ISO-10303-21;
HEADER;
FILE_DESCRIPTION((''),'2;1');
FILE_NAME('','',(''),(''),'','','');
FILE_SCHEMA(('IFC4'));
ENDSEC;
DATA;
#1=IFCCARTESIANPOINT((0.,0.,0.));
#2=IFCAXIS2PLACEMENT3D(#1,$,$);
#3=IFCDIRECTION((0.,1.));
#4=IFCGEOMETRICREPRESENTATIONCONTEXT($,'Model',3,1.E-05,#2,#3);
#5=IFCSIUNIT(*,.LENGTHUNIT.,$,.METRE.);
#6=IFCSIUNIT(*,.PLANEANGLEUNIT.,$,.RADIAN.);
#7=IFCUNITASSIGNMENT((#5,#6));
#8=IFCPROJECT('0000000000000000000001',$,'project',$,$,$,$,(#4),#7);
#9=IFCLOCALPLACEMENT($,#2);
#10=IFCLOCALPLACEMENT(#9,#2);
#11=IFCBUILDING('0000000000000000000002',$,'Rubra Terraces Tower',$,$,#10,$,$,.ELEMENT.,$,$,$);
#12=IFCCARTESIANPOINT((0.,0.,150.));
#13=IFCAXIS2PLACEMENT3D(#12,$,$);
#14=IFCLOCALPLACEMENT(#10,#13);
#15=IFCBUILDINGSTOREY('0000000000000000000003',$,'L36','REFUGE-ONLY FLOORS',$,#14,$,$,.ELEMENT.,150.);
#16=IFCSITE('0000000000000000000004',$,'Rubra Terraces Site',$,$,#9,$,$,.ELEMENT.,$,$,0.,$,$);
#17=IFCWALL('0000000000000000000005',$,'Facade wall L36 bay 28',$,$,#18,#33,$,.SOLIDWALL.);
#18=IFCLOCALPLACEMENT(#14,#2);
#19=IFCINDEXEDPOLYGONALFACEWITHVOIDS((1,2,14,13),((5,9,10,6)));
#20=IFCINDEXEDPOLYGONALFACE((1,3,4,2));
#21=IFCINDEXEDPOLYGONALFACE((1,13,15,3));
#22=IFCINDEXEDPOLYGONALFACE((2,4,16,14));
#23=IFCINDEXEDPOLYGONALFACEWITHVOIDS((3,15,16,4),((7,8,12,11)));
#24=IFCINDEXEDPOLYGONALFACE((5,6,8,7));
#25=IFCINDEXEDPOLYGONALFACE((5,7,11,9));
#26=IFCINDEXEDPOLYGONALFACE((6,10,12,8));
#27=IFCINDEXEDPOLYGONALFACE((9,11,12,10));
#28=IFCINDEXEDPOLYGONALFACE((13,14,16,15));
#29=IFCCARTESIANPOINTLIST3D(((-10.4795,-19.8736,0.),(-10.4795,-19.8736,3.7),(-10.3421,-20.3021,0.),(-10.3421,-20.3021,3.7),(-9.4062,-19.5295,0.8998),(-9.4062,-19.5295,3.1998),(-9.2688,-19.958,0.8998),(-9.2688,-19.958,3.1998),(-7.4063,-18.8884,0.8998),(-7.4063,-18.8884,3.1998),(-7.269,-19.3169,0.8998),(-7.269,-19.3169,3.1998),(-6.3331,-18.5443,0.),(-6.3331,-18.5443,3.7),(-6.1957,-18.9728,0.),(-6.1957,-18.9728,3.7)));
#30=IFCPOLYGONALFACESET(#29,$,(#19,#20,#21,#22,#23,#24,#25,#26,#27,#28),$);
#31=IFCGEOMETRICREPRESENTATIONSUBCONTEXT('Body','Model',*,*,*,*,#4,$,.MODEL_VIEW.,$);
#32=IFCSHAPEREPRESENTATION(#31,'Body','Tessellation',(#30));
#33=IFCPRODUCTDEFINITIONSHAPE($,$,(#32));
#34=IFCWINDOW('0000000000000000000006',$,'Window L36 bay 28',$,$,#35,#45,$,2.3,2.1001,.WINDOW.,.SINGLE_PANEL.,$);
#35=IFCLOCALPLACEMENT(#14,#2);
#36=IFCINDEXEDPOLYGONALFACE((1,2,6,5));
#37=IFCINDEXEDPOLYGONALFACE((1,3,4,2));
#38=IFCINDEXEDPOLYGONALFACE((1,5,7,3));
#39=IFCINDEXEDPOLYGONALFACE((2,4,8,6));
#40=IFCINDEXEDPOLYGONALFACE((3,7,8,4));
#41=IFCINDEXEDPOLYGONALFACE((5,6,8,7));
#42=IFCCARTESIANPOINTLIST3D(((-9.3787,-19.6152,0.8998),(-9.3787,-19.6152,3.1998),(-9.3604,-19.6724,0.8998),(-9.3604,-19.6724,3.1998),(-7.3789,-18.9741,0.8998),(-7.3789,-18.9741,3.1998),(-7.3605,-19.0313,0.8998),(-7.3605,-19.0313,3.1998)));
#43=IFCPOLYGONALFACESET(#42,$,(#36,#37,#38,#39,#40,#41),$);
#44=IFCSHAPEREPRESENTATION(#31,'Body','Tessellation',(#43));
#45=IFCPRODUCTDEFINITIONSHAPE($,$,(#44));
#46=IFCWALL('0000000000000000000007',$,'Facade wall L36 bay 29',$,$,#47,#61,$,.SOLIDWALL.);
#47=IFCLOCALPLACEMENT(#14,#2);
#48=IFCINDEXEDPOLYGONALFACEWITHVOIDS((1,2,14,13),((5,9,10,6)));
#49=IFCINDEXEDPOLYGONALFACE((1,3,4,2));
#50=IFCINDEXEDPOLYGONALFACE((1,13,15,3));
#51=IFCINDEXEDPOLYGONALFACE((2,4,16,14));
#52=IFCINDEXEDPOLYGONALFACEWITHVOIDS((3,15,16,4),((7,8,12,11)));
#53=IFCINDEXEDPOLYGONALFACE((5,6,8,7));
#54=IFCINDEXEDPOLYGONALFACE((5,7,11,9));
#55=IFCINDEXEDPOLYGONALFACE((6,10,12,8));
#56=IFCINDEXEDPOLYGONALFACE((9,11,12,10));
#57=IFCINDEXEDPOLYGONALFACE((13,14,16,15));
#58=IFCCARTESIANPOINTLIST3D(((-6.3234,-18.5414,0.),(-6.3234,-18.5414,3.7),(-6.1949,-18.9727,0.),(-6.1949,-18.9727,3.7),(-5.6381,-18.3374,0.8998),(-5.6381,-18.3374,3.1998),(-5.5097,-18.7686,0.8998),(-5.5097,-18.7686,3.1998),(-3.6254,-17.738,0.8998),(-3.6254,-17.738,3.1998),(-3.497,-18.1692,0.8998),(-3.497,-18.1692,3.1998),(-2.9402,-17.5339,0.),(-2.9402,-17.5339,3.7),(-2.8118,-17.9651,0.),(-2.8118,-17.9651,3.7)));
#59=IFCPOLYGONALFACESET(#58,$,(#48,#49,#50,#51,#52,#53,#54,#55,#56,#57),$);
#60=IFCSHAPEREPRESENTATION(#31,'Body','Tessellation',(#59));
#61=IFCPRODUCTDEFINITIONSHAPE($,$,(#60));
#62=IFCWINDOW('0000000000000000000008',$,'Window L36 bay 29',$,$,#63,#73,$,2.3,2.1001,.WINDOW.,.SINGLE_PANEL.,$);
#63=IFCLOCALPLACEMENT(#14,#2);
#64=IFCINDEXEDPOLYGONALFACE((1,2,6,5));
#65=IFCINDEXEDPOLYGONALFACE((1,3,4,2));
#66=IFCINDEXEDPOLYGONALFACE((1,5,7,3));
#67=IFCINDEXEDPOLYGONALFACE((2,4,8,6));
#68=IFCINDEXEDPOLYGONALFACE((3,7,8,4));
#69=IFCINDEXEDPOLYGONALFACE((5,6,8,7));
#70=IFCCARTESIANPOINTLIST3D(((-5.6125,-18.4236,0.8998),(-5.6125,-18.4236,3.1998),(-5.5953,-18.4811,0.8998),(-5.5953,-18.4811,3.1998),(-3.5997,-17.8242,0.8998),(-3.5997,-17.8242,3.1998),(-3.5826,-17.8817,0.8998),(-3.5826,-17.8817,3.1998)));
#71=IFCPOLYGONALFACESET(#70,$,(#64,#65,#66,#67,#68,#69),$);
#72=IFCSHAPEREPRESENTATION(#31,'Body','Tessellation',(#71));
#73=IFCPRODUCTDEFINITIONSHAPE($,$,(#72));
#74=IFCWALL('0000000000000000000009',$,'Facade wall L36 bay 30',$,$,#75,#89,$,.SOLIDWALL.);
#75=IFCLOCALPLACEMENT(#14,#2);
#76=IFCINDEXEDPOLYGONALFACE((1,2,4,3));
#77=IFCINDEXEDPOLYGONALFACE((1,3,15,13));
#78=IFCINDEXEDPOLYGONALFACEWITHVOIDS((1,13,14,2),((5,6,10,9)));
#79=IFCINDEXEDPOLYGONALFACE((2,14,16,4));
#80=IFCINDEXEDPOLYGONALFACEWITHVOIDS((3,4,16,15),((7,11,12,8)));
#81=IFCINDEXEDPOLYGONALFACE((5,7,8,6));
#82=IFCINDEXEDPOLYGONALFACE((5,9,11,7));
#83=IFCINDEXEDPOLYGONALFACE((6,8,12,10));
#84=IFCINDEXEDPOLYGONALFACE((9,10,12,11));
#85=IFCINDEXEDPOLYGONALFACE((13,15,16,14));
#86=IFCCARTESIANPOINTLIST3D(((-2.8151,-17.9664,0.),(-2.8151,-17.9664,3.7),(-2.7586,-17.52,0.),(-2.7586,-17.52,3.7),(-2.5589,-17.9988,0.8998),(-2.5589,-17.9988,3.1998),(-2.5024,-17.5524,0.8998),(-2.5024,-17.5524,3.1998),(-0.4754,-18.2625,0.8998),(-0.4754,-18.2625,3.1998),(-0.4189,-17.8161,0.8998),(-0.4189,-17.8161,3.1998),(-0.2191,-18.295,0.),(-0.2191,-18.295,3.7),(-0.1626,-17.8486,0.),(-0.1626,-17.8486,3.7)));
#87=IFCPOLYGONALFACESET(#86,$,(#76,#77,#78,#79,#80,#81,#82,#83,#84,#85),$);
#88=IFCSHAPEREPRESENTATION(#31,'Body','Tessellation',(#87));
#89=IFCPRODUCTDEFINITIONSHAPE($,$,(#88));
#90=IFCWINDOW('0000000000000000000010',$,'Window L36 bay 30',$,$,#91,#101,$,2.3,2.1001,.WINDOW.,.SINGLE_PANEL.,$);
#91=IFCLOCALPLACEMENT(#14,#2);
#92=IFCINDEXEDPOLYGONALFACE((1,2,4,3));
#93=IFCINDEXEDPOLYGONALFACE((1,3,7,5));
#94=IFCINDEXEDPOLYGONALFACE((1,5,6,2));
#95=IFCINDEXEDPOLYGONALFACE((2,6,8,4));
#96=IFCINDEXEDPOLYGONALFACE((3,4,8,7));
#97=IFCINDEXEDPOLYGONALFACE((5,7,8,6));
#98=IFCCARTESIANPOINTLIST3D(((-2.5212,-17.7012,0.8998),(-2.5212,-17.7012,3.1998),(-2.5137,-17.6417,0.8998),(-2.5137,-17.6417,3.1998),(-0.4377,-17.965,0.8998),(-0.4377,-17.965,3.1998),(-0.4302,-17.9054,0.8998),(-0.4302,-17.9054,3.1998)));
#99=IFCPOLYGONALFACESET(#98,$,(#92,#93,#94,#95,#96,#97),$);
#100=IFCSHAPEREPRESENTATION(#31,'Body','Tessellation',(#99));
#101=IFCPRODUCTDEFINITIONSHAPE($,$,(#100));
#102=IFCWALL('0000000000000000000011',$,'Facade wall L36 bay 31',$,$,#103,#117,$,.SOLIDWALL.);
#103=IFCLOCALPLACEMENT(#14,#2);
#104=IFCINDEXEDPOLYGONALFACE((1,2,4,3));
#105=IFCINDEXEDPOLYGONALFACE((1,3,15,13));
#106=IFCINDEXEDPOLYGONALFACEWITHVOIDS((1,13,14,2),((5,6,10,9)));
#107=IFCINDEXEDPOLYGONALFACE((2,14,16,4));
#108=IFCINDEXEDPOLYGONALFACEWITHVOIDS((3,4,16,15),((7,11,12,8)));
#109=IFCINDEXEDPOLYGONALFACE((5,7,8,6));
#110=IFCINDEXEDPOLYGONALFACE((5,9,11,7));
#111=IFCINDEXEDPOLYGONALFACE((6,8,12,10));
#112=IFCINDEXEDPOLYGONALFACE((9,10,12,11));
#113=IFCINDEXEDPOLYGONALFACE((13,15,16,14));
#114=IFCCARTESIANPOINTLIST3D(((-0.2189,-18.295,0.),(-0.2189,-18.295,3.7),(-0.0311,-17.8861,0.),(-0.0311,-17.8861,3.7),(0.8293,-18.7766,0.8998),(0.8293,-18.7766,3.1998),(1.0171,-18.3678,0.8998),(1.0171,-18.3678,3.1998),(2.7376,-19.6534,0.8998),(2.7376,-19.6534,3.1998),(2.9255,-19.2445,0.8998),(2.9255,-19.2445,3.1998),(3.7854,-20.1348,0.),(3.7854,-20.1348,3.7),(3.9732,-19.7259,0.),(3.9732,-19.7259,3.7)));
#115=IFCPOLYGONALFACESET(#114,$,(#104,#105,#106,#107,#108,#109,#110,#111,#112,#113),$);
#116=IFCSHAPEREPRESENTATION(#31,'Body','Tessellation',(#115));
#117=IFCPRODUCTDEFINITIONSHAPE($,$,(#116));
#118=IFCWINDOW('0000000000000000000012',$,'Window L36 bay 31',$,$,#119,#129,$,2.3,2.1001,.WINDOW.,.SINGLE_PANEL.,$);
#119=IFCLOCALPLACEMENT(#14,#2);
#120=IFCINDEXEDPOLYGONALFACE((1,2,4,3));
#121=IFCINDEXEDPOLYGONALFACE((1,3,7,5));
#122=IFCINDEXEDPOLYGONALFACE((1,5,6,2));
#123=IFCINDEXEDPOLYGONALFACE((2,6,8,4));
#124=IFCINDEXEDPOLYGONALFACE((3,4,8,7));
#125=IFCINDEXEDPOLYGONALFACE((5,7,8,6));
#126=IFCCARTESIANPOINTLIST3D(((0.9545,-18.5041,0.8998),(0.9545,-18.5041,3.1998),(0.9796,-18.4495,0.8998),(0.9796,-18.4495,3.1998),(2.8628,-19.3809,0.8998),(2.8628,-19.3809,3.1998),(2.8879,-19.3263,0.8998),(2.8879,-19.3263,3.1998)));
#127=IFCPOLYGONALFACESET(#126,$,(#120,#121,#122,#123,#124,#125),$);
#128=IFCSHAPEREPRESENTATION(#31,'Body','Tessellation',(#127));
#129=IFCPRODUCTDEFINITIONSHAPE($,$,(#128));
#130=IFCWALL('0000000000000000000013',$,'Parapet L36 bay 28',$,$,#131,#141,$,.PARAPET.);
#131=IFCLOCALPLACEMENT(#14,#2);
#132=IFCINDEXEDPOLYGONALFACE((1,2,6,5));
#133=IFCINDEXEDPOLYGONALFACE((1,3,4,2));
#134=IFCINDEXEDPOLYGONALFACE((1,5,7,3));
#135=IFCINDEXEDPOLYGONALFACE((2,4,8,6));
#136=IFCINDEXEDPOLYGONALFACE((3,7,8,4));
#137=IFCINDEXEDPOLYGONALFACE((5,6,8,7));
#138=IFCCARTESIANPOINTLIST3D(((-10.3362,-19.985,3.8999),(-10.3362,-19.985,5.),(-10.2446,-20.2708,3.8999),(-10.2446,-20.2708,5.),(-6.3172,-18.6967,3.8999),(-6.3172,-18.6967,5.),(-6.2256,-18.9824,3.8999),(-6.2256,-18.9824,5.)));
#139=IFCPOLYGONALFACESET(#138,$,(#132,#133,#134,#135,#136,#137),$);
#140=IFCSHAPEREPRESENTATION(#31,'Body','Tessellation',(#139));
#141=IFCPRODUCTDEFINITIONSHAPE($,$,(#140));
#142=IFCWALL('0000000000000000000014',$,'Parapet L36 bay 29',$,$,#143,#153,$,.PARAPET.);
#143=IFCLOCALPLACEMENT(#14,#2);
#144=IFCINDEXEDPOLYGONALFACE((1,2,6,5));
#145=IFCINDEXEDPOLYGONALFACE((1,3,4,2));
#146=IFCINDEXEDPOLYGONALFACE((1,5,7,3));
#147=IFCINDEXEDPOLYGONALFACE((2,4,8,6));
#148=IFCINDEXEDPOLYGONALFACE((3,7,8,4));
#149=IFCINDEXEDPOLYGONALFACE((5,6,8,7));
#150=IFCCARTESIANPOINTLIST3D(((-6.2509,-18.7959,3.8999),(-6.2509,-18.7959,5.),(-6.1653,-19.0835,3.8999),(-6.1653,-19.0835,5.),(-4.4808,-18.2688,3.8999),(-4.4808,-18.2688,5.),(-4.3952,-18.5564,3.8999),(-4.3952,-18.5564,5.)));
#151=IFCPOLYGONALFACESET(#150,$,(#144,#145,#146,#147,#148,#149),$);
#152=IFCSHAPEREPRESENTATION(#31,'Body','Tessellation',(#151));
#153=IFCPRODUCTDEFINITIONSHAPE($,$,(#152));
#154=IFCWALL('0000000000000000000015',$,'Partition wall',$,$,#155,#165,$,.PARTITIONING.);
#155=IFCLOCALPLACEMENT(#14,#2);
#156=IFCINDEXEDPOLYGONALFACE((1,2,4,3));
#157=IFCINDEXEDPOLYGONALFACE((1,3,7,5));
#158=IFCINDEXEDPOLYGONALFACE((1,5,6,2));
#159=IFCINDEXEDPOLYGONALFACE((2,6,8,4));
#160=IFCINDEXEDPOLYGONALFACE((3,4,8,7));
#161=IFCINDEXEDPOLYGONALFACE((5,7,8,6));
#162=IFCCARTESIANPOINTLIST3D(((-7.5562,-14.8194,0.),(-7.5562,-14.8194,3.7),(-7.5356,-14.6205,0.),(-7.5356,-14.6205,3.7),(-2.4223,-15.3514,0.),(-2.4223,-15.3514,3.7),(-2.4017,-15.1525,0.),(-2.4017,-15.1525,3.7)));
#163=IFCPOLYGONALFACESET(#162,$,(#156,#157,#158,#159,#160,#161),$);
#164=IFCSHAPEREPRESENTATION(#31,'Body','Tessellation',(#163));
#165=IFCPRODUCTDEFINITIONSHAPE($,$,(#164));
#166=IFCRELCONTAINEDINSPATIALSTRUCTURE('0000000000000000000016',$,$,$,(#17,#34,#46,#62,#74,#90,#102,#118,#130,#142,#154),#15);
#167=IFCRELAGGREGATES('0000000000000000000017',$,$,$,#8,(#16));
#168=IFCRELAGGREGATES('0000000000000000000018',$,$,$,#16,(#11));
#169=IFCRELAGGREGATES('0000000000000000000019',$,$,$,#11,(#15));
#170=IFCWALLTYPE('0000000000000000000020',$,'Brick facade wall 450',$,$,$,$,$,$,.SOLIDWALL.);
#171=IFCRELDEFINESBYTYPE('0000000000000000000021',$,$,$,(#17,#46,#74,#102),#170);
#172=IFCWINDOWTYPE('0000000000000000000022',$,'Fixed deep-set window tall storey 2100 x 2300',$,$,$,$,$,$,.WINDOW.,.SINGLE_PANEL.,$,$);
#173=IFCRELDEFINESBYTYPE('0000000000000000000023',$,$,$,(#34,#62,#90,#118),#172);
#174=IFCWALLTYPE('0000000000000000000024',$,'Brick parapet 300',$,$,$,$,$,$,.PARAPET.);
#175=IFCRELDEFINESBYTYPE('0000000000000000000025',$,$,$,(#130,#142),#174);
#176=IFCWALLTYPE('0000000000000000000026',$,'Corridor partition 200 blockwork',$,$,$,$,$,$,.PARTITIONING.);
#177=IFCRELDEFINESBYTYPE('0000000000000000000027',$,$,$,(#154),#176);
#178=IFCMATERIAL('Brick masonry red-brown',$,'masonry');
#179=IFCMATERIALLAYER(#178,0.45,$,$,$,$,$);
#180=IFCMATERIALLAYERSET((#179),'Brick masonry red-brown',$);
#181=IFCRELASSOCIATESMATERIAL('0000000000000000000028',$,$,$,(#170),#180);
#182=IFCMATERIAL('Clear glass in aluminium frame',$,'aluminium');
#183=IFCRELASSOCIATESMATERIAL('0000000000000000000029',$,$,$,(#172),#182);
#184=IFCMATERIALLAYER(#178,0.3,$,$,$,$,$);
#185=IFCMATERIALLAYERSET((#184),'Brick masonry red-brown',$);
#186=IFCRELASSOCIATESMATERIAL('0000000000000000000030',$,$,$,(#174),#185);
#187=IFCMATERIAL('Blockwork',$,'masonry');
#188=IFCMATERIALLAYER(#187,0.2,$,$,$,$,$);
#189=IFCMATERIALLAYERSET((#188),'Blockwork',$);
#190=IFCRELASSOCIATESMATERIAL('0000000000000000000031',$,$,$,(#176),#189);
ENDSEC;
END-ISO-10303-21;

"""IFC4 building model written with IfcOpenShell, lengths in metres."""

from ifc_helpers import new_model, si_unit, direction, frame, frame_2d, origin, place, context, subcontext, project, spatial, rectangle, extrude, material, layer, layer_set, type_object, element, fill, save


model = new_model("IFC4")

# Units and contexts
model_context = context("Model", 3, precision=1e-05, world=origin(), true_north=direction((0.0, 1.0)))
body_context = subcontext(model_context, "Body", "Model", "MODEL_VIEW")
ifc_project = project(units=[si_unit("LENGTHUNIT", "METRE"), si_unit("PLANEANGLEUNIT", "RADIAN")], contexts=[model_context])

# Site, building, storey
site_placement = place(None, origin())
site = spatial("IfcSite", under=ifc_project, at=site_placement, Name="Rubra Terraces Site", CompositionType="ELEMENT", RefElevation=0.0)
building_placement = place(site_placement, origin())
building = spatial("IfcBuilding", under=site, at=building_placement, Name="Rubra Terraces Tower", CompositionType="ELEMENT")
storey_placement = place(building_placement, frame((0.0, 0.0, 150.0)))
storey = spatial("IfcBuildingStorey", under=building, at=storey_placement, Name="L36", Description="REFUGE-ONLY FLOORS", CompositionType="ELEMENT", Elevation=150.0)

# Walls, openings, windows
ifc_material_1 = material(Name="Brick masonry red-brown", Category="masonry")
ifc_layer_1 = layer(ifc_material_1, 0.45)
ifc_layer_set_1 = layer_set([ifc_layer_1], Name="Brick masonry red-brown")
wall_type_1 = type_object("IfcWallType", Name="Brick facade wall 450", PredefinedType="SOLIDWALL", material=ifc_layer_set_1)
wall_1_placement = place(storey_placement, frame((-10.4109, -20.0879, 0.0), z_axis=(0.0, 0.0, 1.0), x_axis=(0.952259, 0.30529, 0.0)))
wall_1 = element("IfcWall", 1, at=wall_1_placement, inside=storey, type_object=wall_type_1, Name="Facade wall L36 bay 28", PredefinedType="SOLIDWALL", context=body_context, shape_type="SweptSolid", body=[
    extrude(rectangle(XDim=4.3542, YDim=0.45, at=frame_2d((2.1772, 0.0))), origin(), (0.0, 0.0, 1.0), 3.7),
])
opening_1_placement = place(wall_1_placement, frame((1.1272, 0.0, 0.8999)))
opening_1 = element("IfcOpeningElement", 2, at=opening_1_placement, cuts=wall_1, PredefinedType="OPENING", context=body_context, shape_type="SweptSolid", body=[
    extrude(rectangle(XDim=2.1001, YDim=2.3, at=frame_2d((1.05, 1.1499))), frame((0.0, 0.2349, 0.0), z_axis=(0.0, -1.0, 0.0), x_axis=(1.0, 0.0, 0.0)), (0.0, 0.0, 1.0), 0.47),
])
ifc_material_2 = material(Name="Clear glass in aluminium frame", Category="aluminium")
window_type = type_object("IfcWindowType", Name="Fixed deep-set window tall storey 2100 x 2300", PartitioningType="SINGLE_PANEL", PredefinedType="WINDOW", material=ifc_material_2)
window_1_placement = place(opening_1_placement, origin())
window_1 = element("IfcWindow", 3, at=window_1_placement, inside=storey, type_object=window_type, Name="Window L36 bay 28", OverallHeight=2.3, OverallWidth=2.1001, PartitioningType="SINGLE_PANEL", PredefinedType="WINDOW", context=body_context, shape_type="SweptSolid", body=[
    extrude(rectangle(XDim=2.1001, YDim=2.3, at=frame_2d((1.05, 1.1499))), frame((0.0, 0.135, 0.0), z_axis=(0.0, -1.0, 0.0), x_axis=(1.0, 0.0, 0.0)), (0.0, 0.0, 1.0), 0.0601),
])
fill(opening_1, window_1)
wall_2_placement = place(storey_placement, frame((-6.2593, -18.7571, 0.0), z_axis=(0.0, 0.0, 1.0), x_axis=(0.958403, 0.285418, 0.0)))
wall_2 = element("IfcWall", 4, at=wall_2_placement, inside=storey, type_object=wall_type_1, Name="Facade wall L36 bay 29", PredefinedType="SOLIDWALL", context=body_context, shape_type="SweptSolid", body=[
    extrude(rectangle(XDim=3.53, YDim=0.45, at=frame_2d((1.7651, 0.0))), origin(), (0.0, 0.0, 1.0), 3.7),
])
opening_2_placement = place(wall_2_placement, frame((0.7151, 0.0, 0.8999)))
opening_2 = element("IfcOpeningElement", 5, at=opening_2_placement, cuts=wall_2, PredefinedType="OPENING", context=body_context, shape_type="SweptSolid", body=[
    extrude(rectangle(XDim=2.1001, YDim=2.3, at=frame_2d((1.05, 1.1499))), frame((0.0, 0.2349, 0.0), z_axis=(0.0, -1.0, 0.0), x_axis=(1.0, 0.0, 0.0)), (0.0, 0.0, 1.0), 0.47),
])
window_2_placement = place(opening_2_placement, origin())
window_2 = element("IfcWindow", 6, at=window_2_placement, inside=storey, type_object=window_type, Name="Window L36 bay 29", OverallHeight=2.3, OverallWidth=2.1001, PartitioningType="SINGLE_PANEL", PredefinedType="WINDOW", context=body_context, shape_type="SweptSolid", body=[
    extrude(rectangle(XDim=2.1001, YDim=2.3, at=frame_2d((1.05, 1.1499))), frame((0.0, 0.135, 0.0), z_axis=(0.0, -1.0, 0.0), x_axis=(1.0, 0.0, 0.0)), (0.0, 0.0, 1.0), 0.0601),
])
fill(opening_2, window_2)
wall_3_placement = place(storey_placement, frame((-2.7869, -17.7432, 0.0), z_axis=(0.0, 0.0, 1.0), x_axis=(0.992083, -0.125585, 0.0)))
wall_3 = element("IfcWall", 7, at=wall_3_placement, inside=storey, type_object=wall_type_1, Name="Facade wall L36 bay 30", PredefinedType="SOLIDWALL", context=body_context, shape_type="SweptSolid", body=[
    extrude(rectangle(XDim=2.6167, YDim=0.45, at=frame_2d((1.3083, 0.0))), origin(), (0.0, 0.0, 1.0), 3.7),
])
opening_3_placement = place(wall_3_placement, frame((0.2583, 0.0, 0.8999)))
opening_3 = element("IfcOpeningElement", 8, at=opening_3_placement, cuts=wall_3, PredefinedType="OPENING", context=body_context, shape_type="SweptSolid", body=[
    extrude(rectangle(XDim=2.1001, YDim=2.3, at=frame_2d((1.05, 1.1499))), frame((0.0, 0.2349, 0.0), z_axis=(0.0, -1.0, 0.0), x_axis=(1.0, 0.0, 0.0)), (0.0, 0.0, 1.0), 0.47),
])
window_3_placement = place(opening_3_placement, origin())
window_3 = element("IfcWindow", 9, at=window_3_placement, inside=storey, type_object=window_type, Name="Window L36 bay 30", OverallHeight=2.3, OverallWidth=2.1001, PartitioningType="SINGLE_PANEL", PredefinedType="WINDOW", context=body_context, shape_type="SweptSolid", body=[
    extrude(rectangle(XDim=2.1001, YDim=2.3, at=frame_2d((1.05, 1.1499))), frame((0.0, 0.135, 0.0), z_axis=(0.0, -1.0, 0.0), x_axis=(1.0, 0.0, 0.0)), (0.0, 0.0, 1.0), 0.0601),
])
fill(opening_3, window_3)
wall_4_placement = place(storey_placement, frame((-0.125, -18.0906, 0.0), z_axis=(0.0, 0.0, 1.0), x_axis=(0.908678, -0.417498, 0.0)))
wall_4 = element("IfcWall", 10, at=wall_4_placement, inside=storey, type_object=wall_type_1, Name="Facade wall L36 bay 31", PredefinedType="SOLIDWALL", context=body_context, shape_type="SweptSolid", body=[
    extrude(rectangle(XDim=4.4067, YDim=0.45, at=frame_2d((2.2034, 0.0))), origin(), (0.0, 0.0, 1.0), 3.7),
])
opening_4_placement = place(wall_4_placement, frame((1.1536, 0.0, 0.8999)))
opening_4 = element("IfcOpeningElement", 11, at=opening_4_placement, cuts=wall_4, PredefinedType="OPENING", context=body_context, shape_type="SweptSolid", body=[
    extrude(rectangle(XDim=2.1001, YDim=2.3, at=frame_2d((1.05, 1.1499))), frame((0.0, 0.2349, 0.0), z_axis=(0.0, -1.0, 0.0), x_axis=(1.0, 0.0, 0.0)), (0.0, 0.0, 1.0), 0.47),
])
window_4_placement = place(opening_4_placement, origin())
window_4 = element("IfcWindow", 12, at=window_4_placement, inside=storey, type_object=window_type, Name="Window L36 bay 31", OverallHeight=2.3, OverallWidth=2.1001, PartitioningType="SINGLE_PANEL", PredefinedType="WINDOW", context=body_context, shape_type="SweptSolid", body=[
    extrude(rectangle(XDim=2.1001, YDim=2.3, at=frame_2d((1.05, 1.1499))), frame((0.0, 0.135, 0.0), z_axis=(0.0, -1.0, 0.0), x_axis=(1.0, 0.0, 0.0)), (0.0, 0.0, 1.0), 0.0601),
])
fill(opening_4, window_4)

# Walls
ifc_layer_2 = layer(ifc_material_1, 0.3)
ifc_layer_set_2 = layer_set([ifc_layer_2], Name="Brick masonry red-brown")
wall_type_2 = type_object("IfcWallType", Name="Brick parapet 300", PredefinedType="PARAPET", material=ifc_layer_set_2)
wall_5_placement = place(storey_placement, frame((-10.2905, -20.1279, 3.8999), z_axis=(0.0, 0.0, 1.0), x_axis=(0.95227, 0.305256, 0.0)))
element("IfcWall", 13, at=wall_5_placement, inside=storey, type_object=wall_type_2, Name="Parapet L36 bay 28", PredefinedType="PARAPET", context=body_context, shape_type="SweptSolid", body=[
    extrude(rectangle(XDim=4.2205, YDim=0.3, at=frame_2d((2.1104, 0.0))), origin(), (0.0, 0.0, 1.0), 1.1001),
])
wall_6_placement = place(storey_placement, frame((-6.208, -18.9397, 3.8999), z_axis=(0.0, 0.0, 1.0), x_axis=(0.958406, 0.285407, 0.0)))
element("IfcWall", 14, at=wall_6_placement, inside=storey, type_object=wall_type_2, Name="Parapet L36 bay 29", PredefinedType="PARAPET", context=body_context, shape_type="SweptSolid", body=[
    extrude(rectangle(XDim=1.8469, YDim=0.3, at=frame_2d((0.9233, 0.0))), origin(), (0.0, 0.0, 1.0), 1.1001),
])
ifc_material_3 = material(Name="Blockwork", Category="masonry")
ifc_layer_3 = layer(ifc_material_3, 0.2)
ifc_layer_set_3 = layer_set([ifc_layer_3], Name="Blockwork")
wall_type_3 = type_object("IfcWallType", Name="Corridor partition 200 blockwork", PredefinedType="PARTITIONING", material=ifc_layer_set_3)
wall_7_placement = place(storey_placement, frame((-2.4121, -15.252, 0.0), z_axis=(0.0, 0.0, 1.0), x_axis=(-0.994674, 0.103072, 0.0)))
element("IfcWall", 15, at=wall_7_placement, inside=storey, type_object=wall_type_3, Name="Partition wall", PredefinedType="PARTITIONING", context=body_context, shape_type="SweptSolid", body=[
    extrude(rectangle(XDim=5.1614, YDim=0.2, at=frame_2d((2.5806, 0.0))), origin(), (0.0, 0.0, 1.0), 3.7),
])

save(model, "model.ifc")
